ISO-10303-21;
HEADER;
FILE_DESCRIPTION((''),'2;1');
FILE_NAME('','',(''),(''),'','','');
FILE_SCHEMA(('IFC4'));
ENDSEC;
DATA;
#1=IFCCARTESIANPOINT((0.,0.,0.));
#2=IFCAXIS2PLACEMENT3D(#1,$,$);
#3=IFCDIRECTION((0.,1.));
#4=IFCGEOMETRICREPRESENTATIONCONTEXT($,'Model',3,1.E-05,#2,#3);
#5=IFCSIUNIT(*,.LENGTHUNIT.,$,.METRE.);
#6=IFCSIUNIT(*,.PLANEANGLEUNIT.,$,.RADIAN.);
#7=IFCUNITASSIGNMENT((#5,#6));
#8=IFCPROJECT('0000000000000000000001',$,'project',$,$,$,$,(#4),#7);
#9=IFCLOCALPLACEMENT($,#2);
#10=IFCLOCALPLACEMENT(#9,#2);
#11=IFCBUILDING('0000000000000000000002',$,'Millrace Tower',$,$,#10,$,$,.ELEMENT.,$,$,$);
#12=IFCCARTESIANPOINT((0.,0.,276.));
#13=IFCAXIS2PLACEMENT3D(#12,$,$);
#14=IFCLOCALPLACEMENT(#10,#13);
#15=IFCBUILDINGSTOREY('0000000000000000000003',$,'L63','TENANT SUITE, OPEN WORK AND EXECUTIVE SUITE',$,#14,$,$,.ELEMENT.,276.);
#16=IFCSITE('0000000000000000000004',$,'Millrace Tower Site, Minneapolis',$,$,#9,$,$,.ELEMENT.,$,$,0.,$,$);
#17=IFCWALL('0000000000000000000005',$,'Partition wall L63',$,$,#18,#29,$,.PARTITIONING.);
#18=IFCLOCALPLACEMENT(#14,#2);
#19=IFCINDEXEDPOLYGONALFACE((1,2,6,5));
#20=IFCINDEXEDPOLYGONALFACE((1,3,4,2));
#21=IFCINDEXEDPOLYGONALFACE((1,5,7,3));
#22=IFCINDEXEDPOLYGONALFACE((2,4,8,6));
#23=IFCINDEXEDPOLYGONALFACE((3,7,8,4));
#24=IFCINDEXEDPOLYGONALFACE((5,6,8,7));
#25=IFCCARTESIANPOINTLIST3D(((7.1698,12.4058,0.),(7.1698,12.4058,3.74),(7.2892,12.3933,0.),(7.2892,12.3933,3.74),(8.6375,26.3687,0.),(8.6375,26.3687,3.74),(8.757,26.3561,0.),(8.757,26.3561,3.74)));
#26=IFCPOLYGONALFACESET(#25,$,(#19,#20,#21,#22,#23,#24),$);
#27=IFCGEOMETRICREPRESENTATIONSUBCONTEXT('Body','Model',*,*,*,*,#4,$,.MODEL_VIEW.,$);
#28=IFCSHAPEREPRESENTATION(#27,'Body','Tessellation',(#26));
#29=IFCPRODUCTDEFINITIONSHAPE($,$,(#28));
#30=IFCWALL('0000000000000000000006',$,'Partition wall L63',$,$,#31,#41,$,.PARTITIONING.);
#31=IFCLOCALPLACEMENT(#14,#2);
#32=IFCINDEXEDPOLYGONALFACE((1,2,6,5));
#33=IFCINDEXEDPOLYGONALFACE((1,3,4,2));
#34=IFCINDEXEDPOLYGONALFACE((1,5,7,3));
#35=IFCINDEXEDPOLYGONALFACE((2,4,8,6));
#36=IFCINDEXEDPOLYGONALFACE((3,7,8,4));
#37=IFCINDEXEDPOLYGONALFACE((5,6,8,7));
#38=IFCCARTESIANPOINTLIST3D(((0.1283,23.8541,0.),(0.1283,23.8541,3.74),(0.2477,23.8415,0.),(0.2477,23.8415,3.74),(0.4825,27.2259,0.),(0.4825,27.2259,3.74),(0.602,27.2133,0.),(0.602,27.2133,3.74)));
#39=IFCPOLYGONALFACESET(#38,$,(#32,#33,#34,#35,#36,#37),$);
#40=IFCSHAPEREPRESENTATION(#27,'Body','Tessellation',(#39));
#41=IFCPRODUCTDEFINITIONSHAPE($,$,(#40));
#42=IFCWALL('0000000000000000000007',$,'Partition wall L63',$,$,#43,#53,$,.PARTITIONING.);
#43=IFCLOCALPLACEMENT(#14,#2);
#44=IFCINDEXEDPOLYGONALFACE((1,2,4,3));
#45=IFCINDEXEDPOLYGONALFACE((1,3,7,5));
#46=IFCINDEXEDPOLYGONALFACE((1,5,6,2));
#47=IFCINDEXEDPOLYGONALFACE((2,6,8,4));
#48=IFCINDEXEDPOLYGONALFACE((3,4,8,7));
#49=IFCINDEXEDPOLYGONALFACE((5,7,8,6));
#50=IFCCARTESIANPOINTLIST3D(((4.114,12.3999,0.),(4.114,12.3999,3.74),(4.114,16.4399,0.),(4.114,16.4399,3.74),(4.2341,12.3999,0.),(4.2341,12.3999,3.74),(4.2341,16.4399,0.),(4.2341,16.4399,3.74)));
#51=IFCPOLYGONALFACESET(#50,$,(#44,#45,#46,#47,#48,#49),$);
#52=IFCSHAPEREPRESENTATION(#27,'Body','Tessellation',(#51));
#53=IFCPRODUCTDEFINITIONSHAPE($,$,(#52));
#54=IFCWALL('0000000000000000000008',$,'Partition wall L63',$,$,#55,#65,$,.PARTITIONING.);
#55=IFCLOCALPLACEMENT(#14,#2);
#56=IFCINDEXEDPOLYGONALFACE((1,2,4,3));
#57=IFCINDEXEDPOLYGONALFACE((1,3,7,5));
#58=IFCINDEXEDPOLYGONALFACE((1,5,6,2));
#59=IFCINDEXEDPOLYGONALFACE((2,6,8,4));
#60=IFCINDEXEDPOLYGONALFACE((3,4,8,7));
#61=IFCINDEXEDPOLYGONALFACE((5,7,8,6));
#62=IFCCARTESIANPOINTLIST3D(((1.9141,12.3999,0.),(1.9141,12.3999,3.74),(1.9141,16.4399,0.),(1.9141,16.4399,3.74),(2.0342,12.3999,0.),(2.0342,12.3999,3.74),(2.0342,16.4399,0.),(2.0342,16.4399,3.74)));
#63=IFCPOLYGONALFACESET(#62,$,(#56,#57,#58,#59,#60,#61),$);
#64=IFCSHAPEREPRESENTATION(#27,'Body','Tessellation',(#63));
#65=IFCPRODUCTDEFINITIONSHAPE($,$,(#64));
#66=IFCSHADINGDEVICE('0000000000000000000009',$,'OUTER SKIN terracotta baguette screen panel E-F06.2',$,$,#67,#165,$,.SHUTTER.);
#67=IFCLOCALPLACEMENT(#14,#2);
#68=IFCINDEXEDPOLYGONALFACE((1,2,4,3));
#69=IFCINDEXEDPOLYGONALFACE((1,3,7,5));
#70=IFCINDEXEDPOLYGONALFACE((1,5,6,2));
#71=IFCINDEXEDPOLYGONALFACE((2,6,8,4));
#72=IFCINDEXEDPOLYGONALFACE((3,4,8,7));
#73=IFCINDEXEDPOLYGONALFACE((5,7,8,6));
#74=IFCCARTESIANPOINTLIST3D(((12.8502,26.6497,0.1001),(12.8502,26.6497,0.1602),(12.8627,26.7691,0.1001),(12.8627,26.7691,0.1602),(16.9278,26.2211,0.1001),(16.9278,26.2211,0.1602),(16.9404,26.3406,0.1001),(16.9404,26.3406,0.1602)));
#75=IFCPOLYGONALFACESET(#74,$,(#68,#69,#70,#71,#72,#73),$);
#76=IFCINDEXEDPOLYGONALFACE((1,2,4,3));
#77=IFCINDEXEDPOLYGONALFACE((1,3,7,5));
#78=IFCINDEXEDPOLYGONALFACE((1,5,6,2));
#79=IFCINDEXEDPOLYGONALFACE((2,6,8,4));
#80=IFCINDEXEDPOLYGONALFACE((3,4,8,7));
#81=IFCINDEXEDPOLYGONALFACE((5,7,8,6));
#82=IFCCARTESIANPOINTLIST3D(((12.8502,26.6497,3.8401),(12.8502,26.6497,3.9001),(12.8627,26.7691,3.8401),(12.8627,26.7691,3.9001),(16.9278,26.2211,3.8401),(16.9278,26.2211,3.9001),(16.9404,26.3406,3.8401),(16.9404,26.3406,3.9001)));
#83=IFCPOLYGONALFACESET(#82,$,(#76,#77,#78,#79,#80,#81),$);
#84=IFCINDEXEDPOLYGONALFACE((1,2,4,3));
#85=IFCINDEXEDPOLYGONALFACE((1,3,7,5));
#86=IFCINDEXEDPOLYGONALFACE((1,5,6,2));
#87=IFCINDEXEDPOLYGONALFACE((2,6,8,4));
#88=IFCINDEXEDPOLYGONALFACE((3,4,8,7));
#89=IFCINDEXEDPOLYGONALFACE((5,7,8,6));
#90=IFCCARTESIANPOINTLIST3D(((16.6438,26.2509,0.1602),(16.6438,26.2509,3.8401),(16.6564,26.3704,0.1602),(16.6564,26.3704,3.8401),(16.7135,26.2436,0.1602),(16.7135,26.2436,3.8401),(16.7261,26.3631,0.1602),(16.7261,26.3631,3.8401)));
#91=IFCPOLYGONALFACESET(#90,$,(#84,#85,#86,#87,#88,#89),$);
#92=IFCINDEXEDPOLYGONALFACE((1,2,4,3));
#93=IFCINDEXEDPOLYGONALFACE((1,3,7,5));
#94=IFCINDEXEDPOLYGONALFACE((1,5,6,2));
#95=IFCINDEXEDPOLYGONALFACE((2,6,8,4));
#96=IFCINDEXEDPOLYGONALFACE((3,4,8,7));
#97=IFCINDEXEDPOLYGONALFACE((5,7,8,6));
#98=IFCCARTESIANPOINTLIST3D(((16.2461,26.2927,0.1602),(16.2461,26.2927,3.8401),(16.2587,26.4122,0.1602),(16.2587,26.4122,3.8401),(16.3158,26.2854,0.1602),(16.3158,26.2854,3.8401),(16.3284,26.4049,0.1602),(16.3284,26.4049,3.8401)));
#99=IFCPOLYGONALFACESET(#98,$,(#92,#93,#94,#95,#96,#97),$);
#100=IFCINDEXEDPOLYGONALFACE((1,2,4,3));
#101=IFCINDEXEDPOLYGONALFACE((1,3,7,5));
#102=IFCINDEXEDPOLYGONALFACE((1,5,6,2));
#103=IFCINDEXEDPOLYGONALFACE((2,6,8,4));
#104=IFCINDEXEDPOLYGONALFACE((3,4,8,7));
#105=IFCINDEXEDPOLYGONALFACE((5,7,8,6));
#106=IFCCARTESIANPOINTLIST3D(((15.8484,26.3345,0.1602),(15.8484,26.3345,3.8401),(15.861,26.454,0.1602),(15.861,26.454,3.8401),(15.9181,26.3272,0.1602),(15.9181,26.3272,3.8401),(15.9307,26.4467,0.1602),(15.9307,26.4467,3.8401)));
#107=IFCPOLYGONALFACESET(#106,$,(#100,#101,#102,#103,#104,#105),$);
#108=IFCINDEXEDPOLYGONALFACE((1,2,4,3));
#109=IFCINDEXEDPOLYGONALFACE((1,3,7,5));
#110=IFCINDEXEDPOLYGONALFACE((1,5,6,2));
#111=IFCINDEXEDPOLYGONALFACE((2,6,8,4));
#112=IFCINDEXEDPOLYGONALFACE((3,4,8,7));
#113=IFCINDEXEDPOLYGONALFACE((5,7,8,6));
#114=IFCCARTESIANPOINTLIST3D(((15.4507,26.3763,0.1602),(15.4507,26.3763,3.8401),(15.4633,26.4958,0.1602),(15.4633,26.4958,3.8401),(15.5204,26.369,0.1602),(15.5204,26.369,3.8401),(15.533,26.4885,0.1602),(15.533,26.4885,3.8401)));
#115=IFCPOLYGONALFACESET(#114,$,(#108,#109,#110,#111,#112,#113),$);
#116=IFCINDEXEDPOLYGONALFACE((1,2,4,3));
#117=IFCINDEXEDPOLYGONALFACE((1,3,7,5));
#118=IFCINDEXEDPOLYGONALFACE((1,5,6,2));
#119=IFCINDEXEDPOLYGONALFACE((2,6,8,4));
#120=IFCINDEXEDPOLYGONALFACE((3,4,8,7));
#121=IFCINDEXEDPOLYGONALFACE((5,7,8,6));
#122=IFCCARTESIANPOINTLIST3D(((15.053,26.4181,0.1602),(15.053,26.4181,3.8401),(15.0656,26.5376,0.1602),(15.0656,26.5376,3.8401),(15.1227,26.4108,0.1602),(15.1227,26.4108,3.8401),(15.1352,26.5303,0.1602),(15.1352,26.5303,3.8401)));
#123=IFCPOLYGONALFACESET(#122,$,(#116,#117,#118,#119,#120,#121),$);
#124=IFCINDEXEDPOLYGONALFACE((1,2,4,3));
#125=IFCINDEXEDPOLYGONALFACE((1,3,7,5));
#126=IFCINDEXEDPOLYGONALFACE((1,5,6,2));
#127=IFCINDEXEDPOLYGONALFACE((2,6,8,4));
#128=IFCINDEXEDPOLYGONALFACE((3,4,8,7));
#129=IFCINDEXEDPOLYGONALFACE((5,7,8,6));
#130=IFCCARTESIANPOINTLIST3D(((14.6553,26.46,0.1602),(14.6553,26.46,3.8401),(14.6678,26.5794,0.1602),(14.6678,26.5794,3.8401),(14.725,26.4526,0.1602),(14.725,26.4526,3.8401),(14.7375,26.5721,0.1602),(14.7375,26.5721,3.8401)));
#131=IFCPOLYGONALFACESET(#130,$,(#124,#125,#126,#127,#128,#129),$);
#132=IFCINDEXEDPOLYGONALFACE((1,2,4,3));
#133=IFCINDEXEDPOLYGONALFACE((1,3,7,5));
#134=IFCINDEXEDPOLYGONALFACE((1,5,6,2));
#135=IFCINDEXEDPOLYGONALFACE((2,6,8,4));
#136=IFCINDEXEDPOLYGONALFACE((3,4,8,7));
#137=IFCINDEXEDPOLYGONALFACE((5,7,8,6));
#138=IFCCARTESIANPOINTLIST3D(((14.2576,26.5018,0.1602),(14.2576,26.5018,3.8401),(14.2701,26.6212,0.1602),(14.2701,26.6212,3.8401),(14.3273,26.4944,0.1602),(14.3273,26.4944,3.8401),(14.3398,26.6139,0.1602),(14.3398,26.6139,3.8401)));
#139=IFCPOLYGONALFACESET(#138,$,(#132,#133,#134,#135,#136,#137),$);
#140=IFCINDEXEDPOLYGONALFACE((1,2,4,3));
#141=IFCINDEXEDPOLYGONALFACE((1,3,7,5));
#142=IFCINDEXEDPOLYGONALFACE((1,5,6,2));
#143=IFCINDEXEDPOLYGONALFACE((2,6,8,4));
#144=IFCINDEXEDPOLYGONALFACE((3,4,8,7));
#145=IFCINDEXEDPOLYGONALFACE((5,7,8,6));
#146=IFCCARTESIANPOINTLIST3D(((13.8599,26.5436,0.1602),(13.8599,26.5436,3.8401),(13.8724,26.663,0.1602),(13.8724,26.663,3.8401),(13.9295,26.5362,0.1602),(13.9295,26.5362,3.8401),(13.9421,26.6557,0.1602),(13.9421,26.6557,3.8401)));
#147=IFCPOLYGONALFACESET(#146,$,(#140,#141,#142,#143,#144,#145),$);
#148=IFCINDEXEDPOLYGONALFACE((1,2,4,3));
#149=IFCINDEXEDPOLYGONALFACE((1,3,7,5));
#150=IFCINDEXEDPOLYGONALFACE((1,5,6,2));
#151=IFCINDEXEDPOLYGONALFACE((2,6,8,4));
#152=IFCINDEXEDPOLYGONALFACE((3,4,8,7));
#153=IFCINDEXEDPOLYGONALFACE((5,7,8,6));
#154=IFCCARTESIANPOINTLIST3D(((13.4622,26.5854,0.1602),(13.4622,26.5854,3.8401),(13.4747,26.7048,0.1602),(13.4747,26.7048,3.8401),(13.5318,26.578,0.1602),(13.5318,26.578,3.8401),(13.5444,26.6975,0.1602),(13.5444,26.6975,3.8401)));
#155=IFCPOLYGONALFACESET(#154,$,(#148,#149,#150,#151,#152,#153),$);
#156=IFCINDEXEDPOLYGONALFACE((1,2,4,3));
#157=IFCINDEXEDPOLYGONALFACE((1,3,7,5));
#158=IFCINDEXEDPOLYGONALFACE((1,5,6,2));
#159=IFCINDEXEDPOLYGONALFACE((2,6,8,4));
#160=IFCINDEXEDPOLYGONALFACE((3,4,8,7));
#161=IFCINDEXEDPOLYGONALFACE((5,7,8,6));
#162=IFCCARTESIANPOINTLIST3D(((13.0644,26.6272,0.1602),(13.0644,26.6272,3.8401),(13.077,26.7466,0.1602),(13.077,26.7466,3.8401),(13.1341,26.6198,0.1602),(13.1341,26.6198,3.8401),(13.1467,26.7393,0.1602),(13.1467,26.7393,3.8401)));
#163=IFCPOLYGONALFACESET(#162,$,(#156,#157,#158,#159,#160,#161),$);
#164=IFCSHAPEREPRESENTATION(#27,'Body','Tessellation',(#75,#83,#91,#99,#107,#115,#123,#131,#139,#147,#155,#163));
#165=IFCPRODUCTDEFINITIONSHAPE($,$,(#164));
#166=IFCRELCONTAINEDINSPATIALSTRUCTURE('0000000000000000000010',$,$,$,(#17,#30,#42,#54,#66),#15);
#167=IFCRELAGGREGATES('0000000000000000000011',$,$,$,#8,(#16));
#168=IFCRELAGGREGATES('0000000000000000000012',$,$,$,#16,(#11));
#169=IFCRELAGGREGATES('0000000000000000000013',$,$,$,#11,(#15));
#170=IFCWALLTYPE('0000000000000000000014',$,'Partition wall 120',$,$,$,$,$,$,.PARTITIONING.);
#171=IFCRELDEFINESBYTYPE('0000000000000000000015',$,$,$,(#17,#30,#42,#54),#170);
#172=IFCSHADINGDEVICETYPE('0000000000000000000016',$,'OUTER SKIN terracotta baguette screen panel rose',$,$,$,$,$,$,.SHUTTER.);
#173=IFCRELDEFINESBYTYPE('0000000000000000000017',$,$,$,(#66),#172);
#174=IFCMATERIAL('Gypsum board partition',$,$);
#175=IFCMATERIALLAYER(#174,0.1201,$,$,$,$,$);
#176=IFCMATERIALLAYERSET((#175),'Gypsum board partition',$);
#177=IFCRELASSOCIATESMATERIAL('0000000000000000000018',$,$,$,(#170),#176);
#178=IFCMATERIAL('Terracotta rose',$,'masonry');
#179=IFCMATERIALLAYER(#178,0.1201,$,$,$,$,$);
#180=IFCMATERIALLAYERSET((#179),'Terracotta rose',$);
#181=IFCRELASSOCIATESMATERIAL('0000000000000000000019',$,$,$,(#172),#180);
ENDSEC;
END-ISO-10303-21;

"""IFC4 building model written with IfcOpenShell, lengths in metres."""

from ifc_helpers import new_model, entity, si_unit, direction, frame, frame_2d, origin, place, context, subcontext, project, spatial, rectangle, extrude, source, transform, mapped, material, layer, layer_set, type_object, element, save


model = new_model("IFC4")

# Units and contexts
model_context = context("Model", 3, precision=1e-05, world=origin(), true_north=direction((0.0, 1.0)))
body_context = subcontext(model_context, "Body", "Model", "MODEL_VIEW")
ifc_project = project(units=[si_unit("LENGTHUNIT", "METRE"), si_unit("PLANEANGLEUNIT", "RADIAN")], contexts=[model_context])

# Site, building, storey
site_placement = place(None, origin())
site = spatial("IfcSite", under=ifc_project, at=site_placement, Name="Millrace Tower Site, Minneapolis", CompositionType="ELEMENT", RefElevation=0.0)
building_placement = place(site_placement, origin())
building = spatial("IfcBuilding", under=site, at=building_placement, Name="Millrace Tower", CompositionType="ELEMENT")
storey_placement = place(building_placement, frame((0.0, 0.0, 276.0)))
storey = spatial("IfcBuildingStorey", under=building, at=storey_placement, Name="L63", Description="TENANT SUITE, OPEN WORK AND EXECUTIVE SUITE", CompositionType="ELEMENT", Elevation=276.0)

# Walls
ifc_material_1 = material(Name="Gypsum board partition")
ifc_layer_1 = layer(ifc_material_1, 0.1201)
ifc_layer_set_1 = layer_set([ifc_layer_1], Name="Gypsum board partition")
wall_type_1 = type_object("IfcWallType", Name="Partition wall 120", PredefinedType="PARTITIONING", material=ifc_layer_set_1)
wall_1_placement = place(storey_placement, frame((7.2295, 12.3994, 0.0), z_axis=(0.0, 0.0, 1.0), x_axis=(0.104544, 0.99452, 0.0)))
element("IfcWall", 1, at=wall_1_placement, inside=storey, type_object=wall_type_1, Name="Partition wall L63", PredefinedType="PARTITIONING", context=body_context, shape_type="SweptSolid", body=[
    extrude(rectangle(XDim=14.0398, YDim=0.1201, at=frame_2d((7.02, 0.0))), origin(), (0.0, 0.0, 1.0), 3.74),
])
wall_2_placement = place(storey_placement, frame((0.188, 23.8477, 0.0), z_axis=(0.0, 0.0, 1.0), x_axis=(0.104486, 0.994526, 0.0)))
element("IfcWall", 2, at=wall_2_placement, inside=storey, type_object=wall_type_1, Name="Partition wall L63", PredefinedType="PARTITIONING", context=body_context, shape_type="SweptSolid", body=[
    extrude(rectangle(XDim=3.3904, YDim=0.1201, at=frame_2d((1.6953, 0.0))), origin(), (0.0, 0.0, 1.0), 3.74),
])
for number, where, z_axis, x_axis, name in (
    (3, (4.1741, 12.3999, 0.0), (0.0, 0.0, 1.0), (0.0, 1.0, 0.0), "Partition wall L63"),
    (4, (1.9741, 12.3999, 0.0), (0.0, 0.0, 1.0), (0.0, 1.0, 0.0), "Partition wall L63"),
):
    element("IfcWall", number, at=place(storey_placement, frame(where, z_axis=z_axis, x_axis=x_axis)), inside=storey, type_object=wall_type_1, Name=name, PredefinedType="PARTITIONING", context=body_context, shape_type="SweptSolid", body=[
        extrude(rectangle(XDim=4.04, YDim=0.1201, at=frame_2d((2.02, 0.0))), origin(), (0.0, 0.0, 1.0), 3.74),
    ])

# Shading device
ifc_material_2 = material(Name="Terracotta rose", Category="masonry")
ifc_layer_2 = layer(ifc_material_2, 0.1201)
ifc_layer_set_2 = layer_set([ifc_layer_2], Name="Terracotta rose")
shading_device_type = type_object("IfcShadingDeviceType", Name="OUTER SKIN terracotta baguette screen panel rose", PredefinedType="SHUTTER", material=ifc_layer_set_2)
cartesian_point = entity("IfcCartesianPoint", [-2.05, 0.0601])
shared_polyline = entity("IfcPolyline", [cartesian_point, entity("IfcCartesianPoint", [2.05, 0.0601]), entity("IfcCartesianPoint", [2.05, -0.0601]), entity("IfcCartesianPoint", [-2.05, -0.0601]), cartesian_point])
shared_shape = source(origin(), body_context, "Body", "SweptSolid", [
    entity("IfcExtrudedAreaSolid", entity("IfcArbitraryClosedProfileDef", "AREA", None, shared_polyline), entity("IfcAxis2Placement3D", entity("IfcCartesianPoint", [0.0, 0.0, 0.0])), entity("IfcDirection", [0.0, 0.0, 1.0]), 0.0601),
    entity("IfcExtrudedAreaSolid", entity("IfcArbitraryClosedProfileDef", "AREA", None, shared_polyline), entity("IfcAxis2Placement3D", entity("IfcCartesianPoint", [0.0, 0.0, 3.74])), entity("IfcDirection", [0.0, 0.0, 1.0]), 0.0601),
    extrude(rectangle(XDim=0.0701, YDim=0.1201, at=frame_2d((-1.7996, 0.0))), frame((0.0, 0.0, 0.0601)), (0.0, 0.0, 1.0), 3.6799),
    extrude(rectangle(XDim=0.0701, YDim=0.1201, at=frame_2d((-1.3997, 0.0))), frame((0.0, 0.0, 0.0601)), (0.0, 0.0, 1.0), 3.6799),
    extrude(rectangle(XDim=0.0701, YDim=0.1201, at=frame_2d((-0.9998, 0.0))), frame((0.0, 0.0, 0.0601)), (0.0, 0.0, 1.0), 3.6799),
    extrude(rectangle(XDim=0.0701, YDim=0.1201, at=frame_2d((-0.5999, 0.0))), frame((0.0, 0.0, 0.0601)), (0.0, 0.0, 1.0), 3.6799),
    extrude(rectangle(XDim=0.0701, YDim=0.1201, at=frame_2d((-0.2, 0.0))), frame((0.0, 0.0, 0.0601)), (0.0, 0.0, 1.0), 3.6799),
    extrude(rectangle(XDim=0.0701, YDim=0.1201, at=frame_2d((0.2, 0.0))), frame((0.0, 0.0, 0.0601)), (0.0, 0.0, 1.0), 3.6799),
    extrude(rectangle(XDim=0.0701, YDim=0.1201, at=frame_2d((0.5999, 0.0))), frame((0.0, 0.0, 0.0601)), (0.0, 0.0, 1.0), 3.6799),
    extrude(rectangle(XDim=0.0701, YDim=0.1201, at=frame_2d((0.9998, 0.0))), frame((0.0, 0.0, 0.0601)), (0.0, 0.0, 1.0), 3.6799),
    extrude(rectangle(XDim=0.0701, YDim=0.1201, at=frame_2d((1.3997, 0.0))), frame((0.0, 0.0, 0.0601)), (0.0, 0.0, 1.0), 3.6799),
    extrude(rectangle(XDim=0.0701, YDim=0.1201, at=frame_2d((1.7996, 0.0))), frame((0.0, 0.0, 0.0601)), (0.0, 0.0, 1.0), 3.6799),
])
for number, where, z_axis, x_axis, name in (
    (5, (14.8953, 26.4951, 0.1001), (0.0, 0.0, 1.0), (-0.994522, 0.104528, 0.0), "OUTER SKIN terracotta baguette screen panel E-F06.2"),
):
    element("IfcShadingDevice", number, at=place(storey_placement, frame(where, z_axis=z_axis, x_axis=x_axis)), inside=storey, type_object=shading_device_type, Name=name, PredefinedType="SHUTTER", context=body_context, shape_type="MappedRepresentation", body=[
        mapped(shared_shape, transform((0.0, 0.0, 0.0), scale=1.0)),
    ])

save(model, "model.ifc")
